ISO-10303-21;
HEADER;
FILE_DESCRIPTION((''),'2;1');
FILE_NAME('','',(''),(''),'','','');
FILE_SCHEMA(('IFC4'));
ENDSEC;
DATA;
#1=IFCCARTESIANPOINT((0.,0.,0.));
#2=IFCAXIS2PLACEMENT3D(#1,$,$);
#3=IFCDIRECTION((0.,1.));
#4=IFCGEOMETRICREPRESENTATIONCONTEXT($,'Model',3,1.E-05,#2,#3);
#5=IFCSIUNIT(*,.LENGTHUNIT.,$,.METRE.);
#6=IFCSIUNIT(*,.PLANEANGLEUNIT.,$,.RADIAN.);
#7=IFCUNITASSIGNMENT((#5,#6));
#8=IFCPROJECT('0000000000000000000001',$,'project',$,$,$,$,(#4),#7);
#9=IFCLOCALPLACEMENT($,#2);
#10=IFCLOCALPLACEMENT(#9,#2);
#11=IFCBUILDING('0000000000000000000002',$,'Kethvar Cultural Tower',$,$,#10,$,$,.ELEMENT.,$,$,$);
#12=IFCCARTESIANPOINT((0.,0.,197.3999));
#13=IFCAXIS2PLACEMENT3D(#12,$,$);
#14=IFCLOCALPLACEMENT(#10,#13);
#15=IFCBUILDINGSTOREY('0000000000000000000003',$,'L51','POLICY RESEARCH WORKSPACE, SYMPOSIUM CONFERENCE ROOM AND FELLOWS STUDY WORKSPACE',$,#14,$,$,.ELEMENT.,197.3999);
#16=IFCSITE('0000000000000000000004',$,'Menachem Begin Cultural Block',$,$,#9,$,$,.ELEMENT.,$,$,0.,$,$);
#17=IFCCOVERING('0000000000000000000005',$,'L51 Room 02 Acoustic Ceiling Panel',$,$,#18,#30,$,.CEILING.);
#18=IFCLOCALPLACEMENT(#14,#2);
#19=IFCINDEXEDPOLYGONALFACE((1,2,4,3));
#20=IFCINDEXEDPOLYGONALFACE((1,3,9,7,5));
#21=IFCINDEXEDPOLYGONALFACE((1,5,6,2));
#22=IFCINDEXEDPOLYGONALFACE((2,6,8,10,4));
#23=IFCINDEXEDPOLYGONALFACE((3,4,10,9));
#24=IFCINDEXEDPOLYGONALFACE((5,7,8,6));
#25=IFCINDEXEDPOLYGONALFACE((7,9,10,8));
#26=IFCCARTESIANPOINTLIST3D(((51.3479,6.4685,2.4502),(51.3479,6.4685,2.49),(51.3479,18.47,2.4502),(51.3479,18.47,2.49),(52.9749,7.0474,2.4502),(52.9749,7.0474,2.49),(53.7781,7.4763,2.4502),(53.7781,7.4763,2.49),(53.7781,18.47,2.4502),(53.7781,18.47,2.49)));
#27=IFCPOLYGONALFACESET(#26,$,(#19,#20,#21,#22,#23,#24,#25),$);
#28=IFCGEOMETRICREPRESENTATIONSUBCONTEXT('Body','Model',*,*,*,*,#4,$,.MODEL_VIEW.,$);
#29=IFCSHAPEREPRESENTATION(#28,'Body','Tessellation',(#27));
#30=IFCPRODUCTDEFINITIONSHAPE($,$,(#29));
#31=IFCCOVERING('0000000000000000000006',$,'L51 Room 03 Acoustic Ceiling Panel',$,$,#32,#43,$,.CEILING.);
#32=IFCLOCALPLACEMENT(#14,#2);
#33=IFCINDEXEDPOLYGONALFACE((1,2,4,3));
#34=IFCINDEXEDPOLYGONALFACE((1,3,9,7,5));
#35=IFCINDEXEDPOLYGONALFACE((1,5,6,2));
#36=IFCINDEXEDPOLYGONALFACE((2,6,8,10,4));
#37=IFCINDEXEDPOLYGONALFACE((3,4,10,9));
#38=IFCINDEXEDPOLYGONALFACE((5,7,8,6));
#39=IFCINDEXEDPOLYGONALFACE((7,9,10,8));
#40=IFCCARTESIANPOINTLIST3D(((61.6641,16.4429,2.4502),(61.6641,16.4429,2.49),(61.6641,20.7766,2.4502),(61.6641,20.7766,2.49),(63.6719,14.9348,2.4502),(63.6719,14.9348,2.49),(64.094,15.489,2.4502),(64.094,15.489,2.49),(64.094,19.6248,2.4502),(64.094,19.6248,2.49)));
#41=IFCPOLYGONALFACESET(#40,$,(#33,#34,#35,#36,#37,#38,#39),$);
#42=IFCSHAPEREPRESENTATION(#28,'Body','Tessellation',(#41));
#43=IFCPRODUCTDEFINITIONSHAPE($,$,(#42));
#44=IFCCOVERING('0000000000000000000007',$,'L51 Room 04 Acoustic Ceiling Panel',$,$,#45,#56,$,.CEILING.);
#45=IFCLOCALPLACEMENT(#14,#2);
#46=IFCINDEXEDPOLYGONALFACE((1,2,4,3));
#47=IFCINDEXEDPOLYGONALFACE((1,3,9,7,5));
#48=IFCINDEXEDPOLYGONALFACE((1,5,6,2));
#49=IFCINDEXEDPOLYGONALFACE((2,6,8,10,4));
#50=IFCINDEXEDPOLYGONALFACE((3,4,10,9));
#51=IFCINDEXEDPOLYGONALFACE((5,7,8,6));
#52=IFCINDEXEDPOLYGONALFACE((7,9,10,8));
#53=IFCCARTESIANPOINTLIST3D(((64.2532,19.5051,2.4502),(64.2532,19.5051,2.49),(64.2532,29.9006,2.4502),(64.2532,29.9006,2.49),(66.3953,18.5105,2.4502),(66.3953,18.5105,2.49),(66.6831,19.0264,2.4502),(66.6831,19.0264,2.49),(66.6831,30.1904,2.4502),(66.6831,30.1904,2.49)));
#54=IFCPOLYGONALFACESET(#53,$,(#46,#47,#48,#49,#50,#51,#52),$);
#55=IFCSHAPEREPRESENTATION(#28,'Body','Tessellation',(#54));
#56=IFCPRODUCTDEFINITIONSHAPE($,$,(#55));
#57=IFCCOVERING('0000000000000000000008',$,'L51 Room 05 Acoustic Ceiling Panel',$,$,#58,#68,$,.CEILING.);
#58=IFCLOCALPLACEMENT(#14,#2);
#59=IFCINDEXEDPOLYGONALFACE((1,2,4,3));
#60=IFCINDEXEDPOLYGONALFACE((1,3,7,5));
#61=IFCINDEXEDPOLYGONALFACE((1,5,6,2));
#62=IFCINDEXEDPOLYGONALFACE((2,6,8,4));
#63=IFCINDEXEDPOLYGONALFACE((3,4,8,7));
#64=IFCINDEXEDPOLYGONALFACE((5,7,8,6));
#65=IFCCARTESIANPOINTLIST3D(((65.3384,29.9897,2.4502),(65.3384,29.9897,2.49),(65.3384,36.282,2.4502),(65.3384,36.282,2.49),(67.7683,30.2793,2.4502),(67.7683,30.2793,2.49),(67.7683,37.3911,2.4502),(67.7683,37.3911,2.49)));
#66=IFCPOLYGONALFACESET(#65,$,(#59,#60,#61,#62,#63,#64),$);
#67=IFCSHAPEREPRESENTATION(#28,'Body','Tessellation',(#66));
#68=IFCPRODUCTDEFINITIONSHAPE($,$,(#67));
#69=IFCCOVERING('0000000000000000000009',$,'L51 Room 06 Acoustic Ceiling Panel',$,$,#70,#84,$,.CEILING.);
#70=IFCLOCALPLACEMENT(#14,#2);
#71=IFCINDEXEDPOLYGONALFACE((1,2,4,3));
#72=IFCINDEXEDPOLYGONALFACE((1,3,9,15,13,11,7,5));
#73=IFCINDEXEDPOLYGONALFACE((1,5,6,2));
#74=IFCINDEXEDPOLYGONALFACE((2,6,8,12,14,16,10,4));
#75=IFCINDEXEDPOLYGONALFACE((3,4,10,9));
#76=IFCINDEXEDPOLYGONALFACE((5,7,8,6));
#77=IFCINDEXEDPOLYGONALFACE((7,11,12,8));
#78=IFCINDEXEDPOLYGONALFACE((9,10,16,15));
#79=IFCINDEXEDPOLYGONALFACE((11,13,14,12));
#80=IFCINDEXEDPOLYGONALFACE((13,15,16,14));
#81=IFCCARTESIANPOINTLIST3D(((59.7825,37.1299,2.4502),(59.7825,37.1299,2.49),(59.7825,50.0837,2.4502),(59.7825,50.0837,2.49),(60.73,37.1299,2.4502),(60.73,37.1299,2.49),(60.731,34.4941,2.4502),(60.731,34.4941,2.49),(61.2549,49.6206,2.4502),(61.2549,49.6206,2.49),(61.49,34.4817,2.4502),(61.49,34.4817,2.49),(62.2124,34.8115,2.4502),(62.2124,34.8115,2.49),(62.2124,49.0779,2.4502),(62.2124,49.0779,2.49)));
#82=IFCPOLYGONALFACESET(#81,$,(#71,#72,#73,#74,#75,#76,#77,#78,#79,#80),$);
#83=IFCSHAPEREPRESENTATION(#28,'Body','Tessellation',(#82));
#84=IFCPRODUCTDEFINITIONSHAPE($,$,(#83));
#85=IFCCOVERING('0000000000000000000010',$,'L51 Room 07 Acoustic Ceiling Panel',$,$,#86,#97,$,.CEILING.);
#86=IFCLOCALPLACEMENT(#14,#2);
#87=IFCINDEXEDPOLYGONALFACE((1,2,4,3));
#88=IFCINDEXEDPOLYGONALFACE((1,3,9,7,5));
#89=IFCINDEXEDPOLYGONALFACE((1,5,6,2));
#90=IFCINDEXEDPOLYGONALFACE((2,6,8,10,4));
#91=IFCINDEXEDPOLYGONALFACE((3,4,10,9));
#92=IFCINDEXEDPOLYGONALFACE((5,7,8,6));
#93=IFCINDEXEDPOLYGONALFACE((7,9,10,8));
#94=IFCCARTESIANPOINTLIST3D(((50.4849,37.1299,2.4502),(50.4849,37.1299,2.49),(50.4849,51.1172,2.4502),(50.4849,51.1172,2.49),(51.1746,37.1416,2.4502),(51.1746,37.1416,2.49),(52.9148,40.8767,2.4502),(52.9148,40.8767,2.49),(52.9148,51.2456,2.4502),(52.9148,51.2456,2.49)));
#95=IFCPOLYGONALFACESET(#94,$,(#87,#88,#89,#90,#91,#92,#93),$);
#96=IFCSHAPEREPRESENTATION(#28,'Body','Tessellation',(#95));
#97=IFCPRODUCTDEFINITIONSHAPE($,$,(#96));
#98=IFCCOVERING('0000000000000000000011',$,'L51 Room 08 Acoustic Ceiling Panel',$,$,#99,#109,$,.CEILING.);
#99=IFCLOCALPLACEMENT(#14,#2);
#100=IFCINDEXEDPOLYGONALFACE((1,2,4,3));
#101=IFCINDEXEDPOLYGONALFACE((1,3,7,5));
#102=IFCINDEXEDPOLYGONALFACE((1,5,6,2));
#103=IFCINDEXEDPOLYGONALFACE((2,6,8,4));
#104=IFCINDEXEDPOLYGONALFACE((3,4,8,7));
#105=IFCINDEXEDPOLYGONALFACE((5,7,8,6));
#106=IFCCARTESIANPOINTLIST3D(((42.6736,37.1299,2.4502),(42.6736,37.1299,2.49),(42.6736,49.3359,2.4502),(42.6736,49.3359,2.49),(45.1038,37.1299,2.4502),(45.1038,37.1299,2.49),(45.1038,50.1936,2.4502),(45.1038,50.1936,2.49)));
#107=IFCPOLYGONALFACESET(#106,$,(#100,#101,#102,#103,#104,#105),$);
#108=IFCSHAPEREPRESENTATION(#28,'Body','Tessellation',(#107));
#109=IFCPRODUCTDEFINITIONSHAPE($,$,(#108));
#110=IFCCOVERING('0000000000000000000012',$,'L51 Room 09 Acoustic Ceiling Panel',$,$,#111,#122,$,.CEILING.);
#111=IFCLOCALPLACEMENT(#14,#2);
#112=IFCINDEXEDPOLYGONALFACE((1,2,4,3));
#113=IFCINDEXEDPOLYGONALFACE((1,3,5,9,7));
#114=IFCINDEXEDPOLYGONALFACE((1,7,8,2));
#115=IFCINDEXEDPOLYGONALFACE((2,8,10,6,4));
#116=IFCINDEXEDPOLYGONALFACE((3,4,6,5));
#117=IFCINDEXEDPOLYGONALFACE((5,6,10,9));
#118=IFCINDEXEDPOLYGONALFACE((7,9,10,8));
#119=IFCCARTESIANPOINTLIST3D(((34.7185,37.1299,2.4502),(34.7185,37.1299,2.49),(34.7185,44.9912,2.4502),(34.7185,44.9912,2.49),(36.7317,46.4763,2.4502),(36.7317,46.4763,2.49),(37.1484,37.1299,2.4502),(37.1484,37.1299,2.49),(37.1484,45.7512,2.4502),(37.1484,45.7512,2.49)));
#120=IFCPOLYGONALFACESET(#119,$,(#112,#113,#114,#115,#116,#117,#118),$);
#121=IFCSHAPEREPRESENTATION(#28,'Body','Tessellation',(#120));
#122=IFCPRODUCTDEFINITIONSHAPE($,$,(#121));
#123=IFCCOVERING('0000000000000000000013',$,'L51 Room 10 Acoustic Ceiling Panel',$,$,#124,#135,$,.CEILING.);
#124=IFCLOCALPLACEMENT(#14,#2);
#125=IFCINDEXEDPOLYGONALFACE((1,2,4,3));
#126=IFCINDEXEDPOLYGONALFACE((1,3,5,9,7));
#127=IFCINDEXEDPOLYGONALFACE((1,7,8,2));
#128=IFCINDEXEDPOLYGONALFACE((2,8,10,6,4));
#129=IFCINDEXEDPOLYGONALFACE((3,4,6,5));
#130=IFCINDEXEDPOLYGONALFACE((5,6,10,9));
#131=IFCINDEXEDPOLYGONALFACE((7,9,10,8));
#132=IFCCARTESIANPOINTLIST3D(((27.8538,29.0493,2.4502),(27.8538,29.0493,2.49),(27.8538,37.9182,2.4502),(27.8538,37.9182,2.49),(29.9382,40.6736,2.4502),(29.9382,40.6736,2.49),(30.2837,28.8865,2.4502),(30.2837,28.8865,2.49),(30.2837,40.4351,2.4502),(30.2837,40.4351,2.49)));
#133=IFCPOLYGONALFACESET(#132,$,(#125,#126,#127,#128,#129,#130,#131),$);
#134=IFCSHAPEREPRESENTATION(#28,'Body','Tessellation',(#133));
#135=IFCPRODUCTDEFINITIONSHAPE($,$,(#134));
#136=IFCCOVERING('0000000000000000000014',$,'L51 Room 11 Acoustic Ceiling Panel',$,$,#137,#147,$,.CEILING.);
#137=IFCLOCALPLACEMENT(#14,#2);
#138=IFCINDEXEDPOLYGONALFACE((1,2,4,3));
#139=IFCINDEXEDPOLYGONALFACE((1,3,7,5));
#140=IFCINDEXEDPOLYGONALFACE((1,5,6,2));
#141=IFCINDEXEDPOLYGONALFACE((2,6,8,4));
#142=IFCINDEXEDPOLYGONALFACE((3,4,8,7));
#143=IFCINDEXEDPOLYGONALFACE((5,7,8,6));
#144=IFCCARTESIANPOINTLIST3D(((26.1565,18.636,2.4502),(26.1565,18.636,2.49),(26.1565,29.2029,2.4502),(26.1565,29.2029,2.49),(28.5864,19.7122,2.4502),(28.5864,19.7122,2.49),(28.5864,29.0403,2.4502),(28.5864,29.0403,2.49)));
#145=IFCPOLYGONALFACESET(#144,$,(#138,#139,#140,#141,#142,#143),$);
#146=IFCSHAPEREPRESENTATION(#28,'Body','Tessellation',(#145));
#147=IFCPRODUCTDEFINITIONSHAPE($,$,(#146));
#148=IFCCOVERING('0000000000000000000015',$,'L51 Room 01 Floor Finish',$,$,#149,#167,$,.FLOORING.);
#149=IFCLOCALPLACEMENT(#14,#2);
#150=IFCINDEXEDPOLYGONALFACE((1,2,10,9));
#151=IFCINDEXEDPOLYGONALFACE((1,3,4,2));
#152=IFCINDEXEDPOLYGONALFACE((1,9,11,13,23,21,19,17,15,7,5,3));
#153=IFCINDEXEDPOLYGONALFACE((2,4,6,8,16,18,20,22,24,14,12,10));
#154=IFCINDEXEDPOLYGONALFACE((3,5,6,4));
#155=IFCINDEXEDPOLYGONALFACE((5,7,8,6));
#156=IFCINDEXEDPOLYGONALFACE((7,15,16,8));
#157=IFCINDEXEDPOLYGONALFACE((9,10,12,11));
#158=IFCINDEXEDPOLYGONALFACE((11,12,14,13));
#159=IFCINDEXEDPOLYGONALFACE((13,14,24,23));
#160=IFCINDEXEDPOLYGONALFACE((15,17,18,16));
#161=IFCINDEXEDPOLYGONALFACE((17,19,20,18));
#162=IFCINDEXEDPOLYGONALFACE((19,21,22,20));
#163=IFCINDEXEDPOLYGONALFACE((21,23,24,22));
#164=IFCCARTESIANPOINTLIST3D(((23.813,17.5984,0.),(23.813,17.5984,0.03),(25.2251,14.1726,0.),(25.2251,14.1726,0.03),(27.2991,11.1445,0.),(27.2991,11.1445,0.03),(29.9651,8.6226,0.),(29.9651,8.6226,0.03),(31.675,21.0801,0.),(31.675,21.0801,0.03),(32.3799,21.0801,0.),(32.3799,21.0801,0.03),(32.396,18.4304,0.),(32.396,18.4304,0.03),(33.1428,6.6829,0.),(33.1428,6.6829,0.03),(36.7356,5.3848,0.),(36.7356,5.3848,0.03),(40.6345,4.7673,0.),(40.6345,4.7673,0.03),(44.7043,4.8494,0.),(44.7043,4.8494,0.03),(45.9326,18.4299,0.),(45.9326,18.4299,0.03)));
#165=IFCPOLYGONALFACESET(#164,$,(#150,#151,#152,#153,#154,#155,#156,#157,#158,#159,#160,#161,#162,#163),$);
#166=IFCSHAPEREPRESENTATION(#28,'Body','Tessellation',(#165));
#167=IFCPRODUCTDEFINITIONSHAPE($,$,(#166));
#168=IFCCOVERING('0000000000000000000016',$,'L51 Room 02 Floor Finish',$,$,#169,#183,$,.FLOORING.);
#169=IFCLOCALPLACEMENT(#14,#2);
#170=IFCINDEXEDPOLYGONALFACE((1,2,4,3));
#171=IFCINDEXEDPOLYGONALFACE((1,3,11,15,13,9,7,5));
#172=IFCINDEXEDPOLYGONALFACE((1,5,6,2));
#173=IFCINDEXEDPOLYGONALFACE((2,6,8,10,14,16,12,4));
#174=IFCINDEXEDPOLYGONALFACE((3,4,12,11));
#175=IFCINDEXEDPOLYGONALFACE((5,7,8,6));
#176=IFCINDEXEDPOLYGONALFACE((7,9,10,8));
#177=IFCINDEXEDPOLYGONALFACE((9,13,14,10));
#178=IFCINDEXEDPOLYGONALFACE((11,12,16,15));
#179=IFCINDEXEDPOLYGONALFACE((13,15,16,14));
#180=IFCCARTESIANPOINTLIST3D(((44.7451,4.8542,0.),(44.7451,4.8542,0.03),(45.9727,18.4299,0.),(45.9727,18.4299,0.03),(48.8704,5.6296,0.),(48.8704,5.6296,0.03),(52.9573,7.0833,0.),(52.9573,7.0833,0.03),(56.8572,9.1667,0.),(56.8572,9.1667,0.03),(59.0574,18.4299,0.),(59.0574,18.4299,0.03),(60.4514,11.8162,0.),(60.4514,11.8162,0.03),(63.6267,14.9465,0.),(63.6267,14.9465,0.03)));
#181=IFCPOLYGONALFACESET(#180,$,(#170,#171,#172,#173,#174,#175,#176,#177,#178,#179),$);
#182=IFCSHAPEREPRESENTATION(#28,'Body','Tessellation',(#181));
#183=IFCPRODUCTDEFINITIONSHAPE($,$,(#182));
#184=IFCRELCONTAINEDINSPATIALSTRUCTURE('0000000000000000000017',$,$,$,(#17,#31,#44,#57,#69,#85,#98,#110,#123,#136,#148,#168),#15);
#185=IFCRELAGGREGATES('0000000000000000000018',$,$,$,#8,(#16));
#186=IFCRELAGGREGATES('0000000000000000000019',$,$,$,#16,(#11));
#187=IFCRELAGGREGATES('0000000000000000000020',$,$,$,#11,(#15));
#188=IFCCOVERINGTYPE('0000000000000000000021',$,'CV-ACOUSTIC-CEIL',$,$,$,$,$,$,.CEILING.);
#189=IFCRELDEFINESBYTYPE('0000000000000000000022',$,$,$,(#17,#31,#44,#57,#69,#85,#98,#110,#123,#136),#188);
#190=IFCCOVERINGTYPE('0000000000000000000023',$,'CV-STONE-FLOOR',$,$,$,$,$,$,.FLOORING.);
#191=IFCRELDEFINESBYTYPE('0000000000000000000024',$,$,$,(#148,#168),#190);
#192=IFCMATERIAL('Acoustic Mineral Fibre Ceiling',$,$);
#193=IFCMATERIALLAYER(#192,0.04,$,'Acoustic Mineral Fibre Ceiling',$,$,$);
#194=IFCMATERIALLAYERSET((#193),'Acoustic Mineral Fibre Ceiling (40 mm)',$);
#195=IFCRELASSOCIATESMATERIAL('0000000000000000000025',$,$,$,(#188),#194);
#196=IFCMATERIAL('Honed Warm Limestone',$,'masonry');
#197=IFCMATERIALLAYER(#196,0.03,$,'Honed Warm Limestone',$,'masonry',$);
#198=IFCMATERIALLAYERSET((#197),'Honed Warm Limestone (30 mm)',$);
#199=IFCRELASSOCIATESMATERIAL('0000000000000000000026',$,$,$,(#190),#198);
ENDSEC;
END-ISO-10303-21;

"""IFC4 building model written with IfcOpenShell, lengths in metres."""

from ifc_helpers import new_model, si_unit, direction, frame, origin, place, context, subcontext, project, spatial, polyline, outline, extrude, material, layer, layer_set, type_object, element, save


model = new_model("IFC4")

# Units and contexts
model_context = context("Model", 3, precision=1e-05, world=origin(), true_north=direction((0.0, 1.0)))
body_context = subcontext(model_context, "Body", "Model", "MODEL_VIEW")
ifc_project = project(units=[si_unit("LENGTHUNIT", "METRE"), si_unit("PLANEANGLEUNIT", "RADIAN")], contexts=[model_context])

# Site, building, storey
site_placement = place(None, origin())
site = spatial("IfcSite", under=ifc_project, at=site_placement, Name="Menachem Begin Cultural Block", CompositionType="ELEMENT", RefElevation=0.0)
building_placement = place(site_placement, origin())
building = spatial("IfcBuilding", under=site, at=building_placement, Name="Kethvar Cultural Tower", CompositionType="ELEMENT")
storey_placement = place(building_placement, frame((0.0, 0.0, 197.3999)))
storey = spatial("IfcBuildingStorey", under=building, at=storey_placement, Name="L51", Description="POLICY RESEARCH WORKSPACE, SYMPOSIUM CONFERENCE ROOM AND FELLOWS STUDY WORKSPACE", CompositionType="ELEMENT", Elevation=197.3999)

# Coverings
ifc_material_1 = material(Name="Acoustic Mineral Fibre Ceiling")
ifc_layer_1 = layer(ifc_material_1, 0.04, Name="Acoustic Mineral Fibre Ceiling")
ifc_layer_set_1 = layer_set([ifc_layer_1], Name="Acoustic Mineral Fibre Ceiling (40 mm)")
covering_type_1 = type_object("IfcCoveringType", Name="CV-ACOUSTIC-CEIL", PredefinedType="CEILING", material=ifc_layer_set_1)
covering_1_placement = place(storey_placement, frame((0.0, 0.0, 2.4502)))
element("IfcCovering", 1, at=covering_1_placement, inside=storey, type_object=covering_type_1, Name="L51 Room 02 Acoustic Ceiling Panel", PredefinedType="CEILING", context=body_context, shape_type="SweptSolid", body=[
    extrude(outline(polyline([(52.9749, 7.0474), (51.3479, 6.4685), (51.3479, 18.47), (53.7781, 18.47), (53.7781, 7.4763), (52.9749, 7.0474)])), origin(), (0.0, 0.0, 1.0), 0.0398),
])
covering_2_placement = place(storey_placement, frame((0.0, 0.0, 2.4502)))
element("IfcCovering", 2, at=covering_2_placement, inside=storey, type_object=covering_type_1, Name="L51 Room 03 Acoustic Ceiling Panel", PredefinedType="CEILING", context=body_context, shape_type="SweptSolid", body=[
    extrude(outline(polyline([(63.6719, 14.9348), (61.6641, 16.4429), (61.6641, 20.7766), (64.094, 19.6248), (64.094, 15.489), (63.6719, 14.9348)])), origin(), (0.0, 0.0, 1.0), 0.0398),
])
covering_3_placement = place(storey_placement, frame((0.0, 0.0, 2.4502)))
element("IfcCovering", 3, at=covering_3_placement, inside=storey, type_object=covering_type_1, Name="L51 Room 04 Acoustic Ceiling Panel", PredefinedType="CEILING", context=body_context, shape_type="SweptSolid", body=[
    extrude(outline(polyline([(66.3953, 18.5105), (64.2532, 19.5051), (64.2532, 29.9006), (66.6831, 30.1904), (66.6831, 19.0264), (66.3953, 18.5105)])), origin(), (0.0, 0.0, 1.0), 0.0398),
])
covering_4_placement = place(storey_placement, frame((0.0, 0.0, 2.4502)))
element("IfcCovering", 4, at=covering_4_placement, inside=storey, type_object=covering_type_1, Name="L51 Room 05 Acoustic Ceiling Panel", PredefinedType="CEILING", context=body_context, shape_type="SweptSolid", body=[
    extrude(outline(polyline([(65.3384, 29.9897), (65.3384, 36.282), (67.7683, 37.3911), (67.7683, 30.2793), (65.3384, 29.9897)])), origin(), (0.0, 0.0, 1.0), 0.0398),
])
covering_5_placement = place(storey_placement, frame((0.0, 0.0, 2.4502)))
element("IfcCovering", 5, at=covering_5_placement, inside=storey, type_object=covering_type_1, Name="L51 Room 06 Acoustic Ceiling Panel", PredefinedType="CEILING", context=body_context, shape_type="SweptSolid", body=[
    extrude(outline(polyline([(61.49, 34.4817), (60.731, 34.4941), (60.73, 37.1299), (59.7825, 37.1299), (59.7825, 50.0837), (61.2549, 49.6206), (62.2124, 49.0779), (62.2124, 34.8115), (61.49, 34.4817)])), origin(), (0.0, 0.0, 1.0), 0.0398),
])
covering_6_placement = place(storey_placement, frame((0.0, 0.0, 2.4502)))
element("IfcCovering", 6, at=covering_6_placement, inside=storey, type_object=covering_type_1, Name="L51 Room 07 Acoustic Ceiling Panel", PredefinedType="CEILING", context=body_context, shape_type="SweptSolid", body=[
    extrude(outline(polyline([(51.1746, 37.1416), (50.4849, 37.1299), (50.4849, 51.1172), (52.9148, 51.2456), (52.9148, 40.8767), (51.1746, 37.1416)])), origin(), (0.0, 0.0, 1.0), 0.0398),
])
covering_7_placement = place(storey_placement, frame((0.0, 0.0, 2.4502)))
element("IfcCovering", 7, at=covering_7_placement, inside=storey, type_object=covering_type_1, Name="L51 Room 08 Acoustic Ceiling Panel", PredefinedType="CEILING", context=body_context, shape_type="SweptSolid", body=[
    extrude(outline(polyline([(42.6736, 49.3359), (45.1038, 50.1936), (45.1038, 37.1299), (42.6736, 37.1299), (42.6736, 49.3359)])), origin(), (0.0, 0.0, 1.0), 0.0398),
])
covering_8_placement = place(storey_placement, frame((0.0, 0.0, 2.4502)))
element("IfcCovering", 8, at=covering_8_placement, inside=storey, type_object=covering_type_1, Name="L51 Room 09 Acoustic Ceiling Panel", PredefinedType="CEILING", context=body_context, shape_type="SweptSolid", body=[
    extrude(outline(polyline([(36.7317, 46.4763), (37.1484, 45.7512), (37.1484, 37.1299), (34.7185, 37.1299), (34.7185, 44.9912), (36.7317, 46.4763)])), origin(), (0.0, 0.0, 1.0), 0.0398),
])
covering_9_placement = place(storey_placement, frame((0.0, 0.0, 2.4502)))
element("IfcCovering", 9, at=covering_9_placement, inside=storey, type_object=covering_type_1, Name="L51 Room 10 Acoustic Ceiling Panel", PredefinedType="CEILING", context=body_context, shape_type="SweptSolid", body=[
    extrude(outline(polyline([(29.9382, 40.6736), (30.2837, 40.4351), (30.2837, 28.8865), (27.8538, 29.0493), (27.8538, 37.9182), (29.9382, 40.6736)])), origin(), (0.0, 0.0, 1.0), 0.0398),
])
covering_10_placement = place(storey_placement, frame((0.0, 0.0, 2.4502)))
element("IfcCovering", 10, at=covering_10_placement, inside=storey, type_object=covering_type_1, Name="L51 Room 11 Acoustic Ceiling Panel", PredefinedType="CEILING", context=body_context, shape_type="SweptSolid", body=[
    extrude(outline(polyline([(28.5864, 29.0403), (28.5864, 19.7122), (26.1565, 18.636), (26.1565, 29.2029), (28.5864, 29.0403)])), origin(), (0.0, 0.0, 1.0), 0.0398),
])
ifc_material_2 = material(Name="Honed Warm Limestone", Category="masonry")
ifc_layer_2 = layer(ifc_material_2, 0.03, Name="Honed Warm Limestone", Category="masonry")
ifc_layer_set_2 = layer_set([ifc_layer_2], Name="Honed Warm Limestone (30 mm)")
covering_type_2 = type_object("IfcCoveringType", Name="CV-STONE-FLOOR", PredefinedType="FLOORING", material=ifc_layer_set_2)
covering_11_placement = place(storey_placement, origin())
element("IfcCovering", 11, at=covering_11_placement, inside=storey, type_object=covering_type_2, Name="L51 Room 01 Floor Finish", PredefinedType="FLOORING", context=body_context, shape_type="SweptSolid", body=[
    extrude(outline(polyline([(40.6345, 4.7673), (36.7356, 5.3848), (33.1428, 6.6829), (29.9651, 8.6226), (27.2991, 11.1445), (25.2251, 14.1726), (23.813, 17.5984), (31.675, 21.0801), (32.3799, 21.0801), (32.396, 18.4304), (45.9326, 18.4299), (44.7043, 4.8494), (40.6345, 4.7673)])), origin(), (0.0, 0.0, 1.0), 0.03),
])
covering_12_placement = place(storey_placement, origin())
element("IfcCovering", 12, at=covering_12_placement, inside=storey, type_object=covering_type_2, Name="L51 Room 02 Floor Finish", PredefinedType="FLOORING", context=body_context, shape_type="SweptSolid", body=[
    extrude(outline(polyline([(60.4514, 11.8162), (56.8572, 9.1667), (52.9573, 7.0833), (48.8704, 5.6296), (44.7451, 4.8542), (45.9727, 18.4299), (59.0574, 18.4299), (63.6267, 14.9465), (60.4514, 11.8162)])), origin(), (0.0, 0.0, 1.0), 0.03),
])

save(model, "model.ifc")
